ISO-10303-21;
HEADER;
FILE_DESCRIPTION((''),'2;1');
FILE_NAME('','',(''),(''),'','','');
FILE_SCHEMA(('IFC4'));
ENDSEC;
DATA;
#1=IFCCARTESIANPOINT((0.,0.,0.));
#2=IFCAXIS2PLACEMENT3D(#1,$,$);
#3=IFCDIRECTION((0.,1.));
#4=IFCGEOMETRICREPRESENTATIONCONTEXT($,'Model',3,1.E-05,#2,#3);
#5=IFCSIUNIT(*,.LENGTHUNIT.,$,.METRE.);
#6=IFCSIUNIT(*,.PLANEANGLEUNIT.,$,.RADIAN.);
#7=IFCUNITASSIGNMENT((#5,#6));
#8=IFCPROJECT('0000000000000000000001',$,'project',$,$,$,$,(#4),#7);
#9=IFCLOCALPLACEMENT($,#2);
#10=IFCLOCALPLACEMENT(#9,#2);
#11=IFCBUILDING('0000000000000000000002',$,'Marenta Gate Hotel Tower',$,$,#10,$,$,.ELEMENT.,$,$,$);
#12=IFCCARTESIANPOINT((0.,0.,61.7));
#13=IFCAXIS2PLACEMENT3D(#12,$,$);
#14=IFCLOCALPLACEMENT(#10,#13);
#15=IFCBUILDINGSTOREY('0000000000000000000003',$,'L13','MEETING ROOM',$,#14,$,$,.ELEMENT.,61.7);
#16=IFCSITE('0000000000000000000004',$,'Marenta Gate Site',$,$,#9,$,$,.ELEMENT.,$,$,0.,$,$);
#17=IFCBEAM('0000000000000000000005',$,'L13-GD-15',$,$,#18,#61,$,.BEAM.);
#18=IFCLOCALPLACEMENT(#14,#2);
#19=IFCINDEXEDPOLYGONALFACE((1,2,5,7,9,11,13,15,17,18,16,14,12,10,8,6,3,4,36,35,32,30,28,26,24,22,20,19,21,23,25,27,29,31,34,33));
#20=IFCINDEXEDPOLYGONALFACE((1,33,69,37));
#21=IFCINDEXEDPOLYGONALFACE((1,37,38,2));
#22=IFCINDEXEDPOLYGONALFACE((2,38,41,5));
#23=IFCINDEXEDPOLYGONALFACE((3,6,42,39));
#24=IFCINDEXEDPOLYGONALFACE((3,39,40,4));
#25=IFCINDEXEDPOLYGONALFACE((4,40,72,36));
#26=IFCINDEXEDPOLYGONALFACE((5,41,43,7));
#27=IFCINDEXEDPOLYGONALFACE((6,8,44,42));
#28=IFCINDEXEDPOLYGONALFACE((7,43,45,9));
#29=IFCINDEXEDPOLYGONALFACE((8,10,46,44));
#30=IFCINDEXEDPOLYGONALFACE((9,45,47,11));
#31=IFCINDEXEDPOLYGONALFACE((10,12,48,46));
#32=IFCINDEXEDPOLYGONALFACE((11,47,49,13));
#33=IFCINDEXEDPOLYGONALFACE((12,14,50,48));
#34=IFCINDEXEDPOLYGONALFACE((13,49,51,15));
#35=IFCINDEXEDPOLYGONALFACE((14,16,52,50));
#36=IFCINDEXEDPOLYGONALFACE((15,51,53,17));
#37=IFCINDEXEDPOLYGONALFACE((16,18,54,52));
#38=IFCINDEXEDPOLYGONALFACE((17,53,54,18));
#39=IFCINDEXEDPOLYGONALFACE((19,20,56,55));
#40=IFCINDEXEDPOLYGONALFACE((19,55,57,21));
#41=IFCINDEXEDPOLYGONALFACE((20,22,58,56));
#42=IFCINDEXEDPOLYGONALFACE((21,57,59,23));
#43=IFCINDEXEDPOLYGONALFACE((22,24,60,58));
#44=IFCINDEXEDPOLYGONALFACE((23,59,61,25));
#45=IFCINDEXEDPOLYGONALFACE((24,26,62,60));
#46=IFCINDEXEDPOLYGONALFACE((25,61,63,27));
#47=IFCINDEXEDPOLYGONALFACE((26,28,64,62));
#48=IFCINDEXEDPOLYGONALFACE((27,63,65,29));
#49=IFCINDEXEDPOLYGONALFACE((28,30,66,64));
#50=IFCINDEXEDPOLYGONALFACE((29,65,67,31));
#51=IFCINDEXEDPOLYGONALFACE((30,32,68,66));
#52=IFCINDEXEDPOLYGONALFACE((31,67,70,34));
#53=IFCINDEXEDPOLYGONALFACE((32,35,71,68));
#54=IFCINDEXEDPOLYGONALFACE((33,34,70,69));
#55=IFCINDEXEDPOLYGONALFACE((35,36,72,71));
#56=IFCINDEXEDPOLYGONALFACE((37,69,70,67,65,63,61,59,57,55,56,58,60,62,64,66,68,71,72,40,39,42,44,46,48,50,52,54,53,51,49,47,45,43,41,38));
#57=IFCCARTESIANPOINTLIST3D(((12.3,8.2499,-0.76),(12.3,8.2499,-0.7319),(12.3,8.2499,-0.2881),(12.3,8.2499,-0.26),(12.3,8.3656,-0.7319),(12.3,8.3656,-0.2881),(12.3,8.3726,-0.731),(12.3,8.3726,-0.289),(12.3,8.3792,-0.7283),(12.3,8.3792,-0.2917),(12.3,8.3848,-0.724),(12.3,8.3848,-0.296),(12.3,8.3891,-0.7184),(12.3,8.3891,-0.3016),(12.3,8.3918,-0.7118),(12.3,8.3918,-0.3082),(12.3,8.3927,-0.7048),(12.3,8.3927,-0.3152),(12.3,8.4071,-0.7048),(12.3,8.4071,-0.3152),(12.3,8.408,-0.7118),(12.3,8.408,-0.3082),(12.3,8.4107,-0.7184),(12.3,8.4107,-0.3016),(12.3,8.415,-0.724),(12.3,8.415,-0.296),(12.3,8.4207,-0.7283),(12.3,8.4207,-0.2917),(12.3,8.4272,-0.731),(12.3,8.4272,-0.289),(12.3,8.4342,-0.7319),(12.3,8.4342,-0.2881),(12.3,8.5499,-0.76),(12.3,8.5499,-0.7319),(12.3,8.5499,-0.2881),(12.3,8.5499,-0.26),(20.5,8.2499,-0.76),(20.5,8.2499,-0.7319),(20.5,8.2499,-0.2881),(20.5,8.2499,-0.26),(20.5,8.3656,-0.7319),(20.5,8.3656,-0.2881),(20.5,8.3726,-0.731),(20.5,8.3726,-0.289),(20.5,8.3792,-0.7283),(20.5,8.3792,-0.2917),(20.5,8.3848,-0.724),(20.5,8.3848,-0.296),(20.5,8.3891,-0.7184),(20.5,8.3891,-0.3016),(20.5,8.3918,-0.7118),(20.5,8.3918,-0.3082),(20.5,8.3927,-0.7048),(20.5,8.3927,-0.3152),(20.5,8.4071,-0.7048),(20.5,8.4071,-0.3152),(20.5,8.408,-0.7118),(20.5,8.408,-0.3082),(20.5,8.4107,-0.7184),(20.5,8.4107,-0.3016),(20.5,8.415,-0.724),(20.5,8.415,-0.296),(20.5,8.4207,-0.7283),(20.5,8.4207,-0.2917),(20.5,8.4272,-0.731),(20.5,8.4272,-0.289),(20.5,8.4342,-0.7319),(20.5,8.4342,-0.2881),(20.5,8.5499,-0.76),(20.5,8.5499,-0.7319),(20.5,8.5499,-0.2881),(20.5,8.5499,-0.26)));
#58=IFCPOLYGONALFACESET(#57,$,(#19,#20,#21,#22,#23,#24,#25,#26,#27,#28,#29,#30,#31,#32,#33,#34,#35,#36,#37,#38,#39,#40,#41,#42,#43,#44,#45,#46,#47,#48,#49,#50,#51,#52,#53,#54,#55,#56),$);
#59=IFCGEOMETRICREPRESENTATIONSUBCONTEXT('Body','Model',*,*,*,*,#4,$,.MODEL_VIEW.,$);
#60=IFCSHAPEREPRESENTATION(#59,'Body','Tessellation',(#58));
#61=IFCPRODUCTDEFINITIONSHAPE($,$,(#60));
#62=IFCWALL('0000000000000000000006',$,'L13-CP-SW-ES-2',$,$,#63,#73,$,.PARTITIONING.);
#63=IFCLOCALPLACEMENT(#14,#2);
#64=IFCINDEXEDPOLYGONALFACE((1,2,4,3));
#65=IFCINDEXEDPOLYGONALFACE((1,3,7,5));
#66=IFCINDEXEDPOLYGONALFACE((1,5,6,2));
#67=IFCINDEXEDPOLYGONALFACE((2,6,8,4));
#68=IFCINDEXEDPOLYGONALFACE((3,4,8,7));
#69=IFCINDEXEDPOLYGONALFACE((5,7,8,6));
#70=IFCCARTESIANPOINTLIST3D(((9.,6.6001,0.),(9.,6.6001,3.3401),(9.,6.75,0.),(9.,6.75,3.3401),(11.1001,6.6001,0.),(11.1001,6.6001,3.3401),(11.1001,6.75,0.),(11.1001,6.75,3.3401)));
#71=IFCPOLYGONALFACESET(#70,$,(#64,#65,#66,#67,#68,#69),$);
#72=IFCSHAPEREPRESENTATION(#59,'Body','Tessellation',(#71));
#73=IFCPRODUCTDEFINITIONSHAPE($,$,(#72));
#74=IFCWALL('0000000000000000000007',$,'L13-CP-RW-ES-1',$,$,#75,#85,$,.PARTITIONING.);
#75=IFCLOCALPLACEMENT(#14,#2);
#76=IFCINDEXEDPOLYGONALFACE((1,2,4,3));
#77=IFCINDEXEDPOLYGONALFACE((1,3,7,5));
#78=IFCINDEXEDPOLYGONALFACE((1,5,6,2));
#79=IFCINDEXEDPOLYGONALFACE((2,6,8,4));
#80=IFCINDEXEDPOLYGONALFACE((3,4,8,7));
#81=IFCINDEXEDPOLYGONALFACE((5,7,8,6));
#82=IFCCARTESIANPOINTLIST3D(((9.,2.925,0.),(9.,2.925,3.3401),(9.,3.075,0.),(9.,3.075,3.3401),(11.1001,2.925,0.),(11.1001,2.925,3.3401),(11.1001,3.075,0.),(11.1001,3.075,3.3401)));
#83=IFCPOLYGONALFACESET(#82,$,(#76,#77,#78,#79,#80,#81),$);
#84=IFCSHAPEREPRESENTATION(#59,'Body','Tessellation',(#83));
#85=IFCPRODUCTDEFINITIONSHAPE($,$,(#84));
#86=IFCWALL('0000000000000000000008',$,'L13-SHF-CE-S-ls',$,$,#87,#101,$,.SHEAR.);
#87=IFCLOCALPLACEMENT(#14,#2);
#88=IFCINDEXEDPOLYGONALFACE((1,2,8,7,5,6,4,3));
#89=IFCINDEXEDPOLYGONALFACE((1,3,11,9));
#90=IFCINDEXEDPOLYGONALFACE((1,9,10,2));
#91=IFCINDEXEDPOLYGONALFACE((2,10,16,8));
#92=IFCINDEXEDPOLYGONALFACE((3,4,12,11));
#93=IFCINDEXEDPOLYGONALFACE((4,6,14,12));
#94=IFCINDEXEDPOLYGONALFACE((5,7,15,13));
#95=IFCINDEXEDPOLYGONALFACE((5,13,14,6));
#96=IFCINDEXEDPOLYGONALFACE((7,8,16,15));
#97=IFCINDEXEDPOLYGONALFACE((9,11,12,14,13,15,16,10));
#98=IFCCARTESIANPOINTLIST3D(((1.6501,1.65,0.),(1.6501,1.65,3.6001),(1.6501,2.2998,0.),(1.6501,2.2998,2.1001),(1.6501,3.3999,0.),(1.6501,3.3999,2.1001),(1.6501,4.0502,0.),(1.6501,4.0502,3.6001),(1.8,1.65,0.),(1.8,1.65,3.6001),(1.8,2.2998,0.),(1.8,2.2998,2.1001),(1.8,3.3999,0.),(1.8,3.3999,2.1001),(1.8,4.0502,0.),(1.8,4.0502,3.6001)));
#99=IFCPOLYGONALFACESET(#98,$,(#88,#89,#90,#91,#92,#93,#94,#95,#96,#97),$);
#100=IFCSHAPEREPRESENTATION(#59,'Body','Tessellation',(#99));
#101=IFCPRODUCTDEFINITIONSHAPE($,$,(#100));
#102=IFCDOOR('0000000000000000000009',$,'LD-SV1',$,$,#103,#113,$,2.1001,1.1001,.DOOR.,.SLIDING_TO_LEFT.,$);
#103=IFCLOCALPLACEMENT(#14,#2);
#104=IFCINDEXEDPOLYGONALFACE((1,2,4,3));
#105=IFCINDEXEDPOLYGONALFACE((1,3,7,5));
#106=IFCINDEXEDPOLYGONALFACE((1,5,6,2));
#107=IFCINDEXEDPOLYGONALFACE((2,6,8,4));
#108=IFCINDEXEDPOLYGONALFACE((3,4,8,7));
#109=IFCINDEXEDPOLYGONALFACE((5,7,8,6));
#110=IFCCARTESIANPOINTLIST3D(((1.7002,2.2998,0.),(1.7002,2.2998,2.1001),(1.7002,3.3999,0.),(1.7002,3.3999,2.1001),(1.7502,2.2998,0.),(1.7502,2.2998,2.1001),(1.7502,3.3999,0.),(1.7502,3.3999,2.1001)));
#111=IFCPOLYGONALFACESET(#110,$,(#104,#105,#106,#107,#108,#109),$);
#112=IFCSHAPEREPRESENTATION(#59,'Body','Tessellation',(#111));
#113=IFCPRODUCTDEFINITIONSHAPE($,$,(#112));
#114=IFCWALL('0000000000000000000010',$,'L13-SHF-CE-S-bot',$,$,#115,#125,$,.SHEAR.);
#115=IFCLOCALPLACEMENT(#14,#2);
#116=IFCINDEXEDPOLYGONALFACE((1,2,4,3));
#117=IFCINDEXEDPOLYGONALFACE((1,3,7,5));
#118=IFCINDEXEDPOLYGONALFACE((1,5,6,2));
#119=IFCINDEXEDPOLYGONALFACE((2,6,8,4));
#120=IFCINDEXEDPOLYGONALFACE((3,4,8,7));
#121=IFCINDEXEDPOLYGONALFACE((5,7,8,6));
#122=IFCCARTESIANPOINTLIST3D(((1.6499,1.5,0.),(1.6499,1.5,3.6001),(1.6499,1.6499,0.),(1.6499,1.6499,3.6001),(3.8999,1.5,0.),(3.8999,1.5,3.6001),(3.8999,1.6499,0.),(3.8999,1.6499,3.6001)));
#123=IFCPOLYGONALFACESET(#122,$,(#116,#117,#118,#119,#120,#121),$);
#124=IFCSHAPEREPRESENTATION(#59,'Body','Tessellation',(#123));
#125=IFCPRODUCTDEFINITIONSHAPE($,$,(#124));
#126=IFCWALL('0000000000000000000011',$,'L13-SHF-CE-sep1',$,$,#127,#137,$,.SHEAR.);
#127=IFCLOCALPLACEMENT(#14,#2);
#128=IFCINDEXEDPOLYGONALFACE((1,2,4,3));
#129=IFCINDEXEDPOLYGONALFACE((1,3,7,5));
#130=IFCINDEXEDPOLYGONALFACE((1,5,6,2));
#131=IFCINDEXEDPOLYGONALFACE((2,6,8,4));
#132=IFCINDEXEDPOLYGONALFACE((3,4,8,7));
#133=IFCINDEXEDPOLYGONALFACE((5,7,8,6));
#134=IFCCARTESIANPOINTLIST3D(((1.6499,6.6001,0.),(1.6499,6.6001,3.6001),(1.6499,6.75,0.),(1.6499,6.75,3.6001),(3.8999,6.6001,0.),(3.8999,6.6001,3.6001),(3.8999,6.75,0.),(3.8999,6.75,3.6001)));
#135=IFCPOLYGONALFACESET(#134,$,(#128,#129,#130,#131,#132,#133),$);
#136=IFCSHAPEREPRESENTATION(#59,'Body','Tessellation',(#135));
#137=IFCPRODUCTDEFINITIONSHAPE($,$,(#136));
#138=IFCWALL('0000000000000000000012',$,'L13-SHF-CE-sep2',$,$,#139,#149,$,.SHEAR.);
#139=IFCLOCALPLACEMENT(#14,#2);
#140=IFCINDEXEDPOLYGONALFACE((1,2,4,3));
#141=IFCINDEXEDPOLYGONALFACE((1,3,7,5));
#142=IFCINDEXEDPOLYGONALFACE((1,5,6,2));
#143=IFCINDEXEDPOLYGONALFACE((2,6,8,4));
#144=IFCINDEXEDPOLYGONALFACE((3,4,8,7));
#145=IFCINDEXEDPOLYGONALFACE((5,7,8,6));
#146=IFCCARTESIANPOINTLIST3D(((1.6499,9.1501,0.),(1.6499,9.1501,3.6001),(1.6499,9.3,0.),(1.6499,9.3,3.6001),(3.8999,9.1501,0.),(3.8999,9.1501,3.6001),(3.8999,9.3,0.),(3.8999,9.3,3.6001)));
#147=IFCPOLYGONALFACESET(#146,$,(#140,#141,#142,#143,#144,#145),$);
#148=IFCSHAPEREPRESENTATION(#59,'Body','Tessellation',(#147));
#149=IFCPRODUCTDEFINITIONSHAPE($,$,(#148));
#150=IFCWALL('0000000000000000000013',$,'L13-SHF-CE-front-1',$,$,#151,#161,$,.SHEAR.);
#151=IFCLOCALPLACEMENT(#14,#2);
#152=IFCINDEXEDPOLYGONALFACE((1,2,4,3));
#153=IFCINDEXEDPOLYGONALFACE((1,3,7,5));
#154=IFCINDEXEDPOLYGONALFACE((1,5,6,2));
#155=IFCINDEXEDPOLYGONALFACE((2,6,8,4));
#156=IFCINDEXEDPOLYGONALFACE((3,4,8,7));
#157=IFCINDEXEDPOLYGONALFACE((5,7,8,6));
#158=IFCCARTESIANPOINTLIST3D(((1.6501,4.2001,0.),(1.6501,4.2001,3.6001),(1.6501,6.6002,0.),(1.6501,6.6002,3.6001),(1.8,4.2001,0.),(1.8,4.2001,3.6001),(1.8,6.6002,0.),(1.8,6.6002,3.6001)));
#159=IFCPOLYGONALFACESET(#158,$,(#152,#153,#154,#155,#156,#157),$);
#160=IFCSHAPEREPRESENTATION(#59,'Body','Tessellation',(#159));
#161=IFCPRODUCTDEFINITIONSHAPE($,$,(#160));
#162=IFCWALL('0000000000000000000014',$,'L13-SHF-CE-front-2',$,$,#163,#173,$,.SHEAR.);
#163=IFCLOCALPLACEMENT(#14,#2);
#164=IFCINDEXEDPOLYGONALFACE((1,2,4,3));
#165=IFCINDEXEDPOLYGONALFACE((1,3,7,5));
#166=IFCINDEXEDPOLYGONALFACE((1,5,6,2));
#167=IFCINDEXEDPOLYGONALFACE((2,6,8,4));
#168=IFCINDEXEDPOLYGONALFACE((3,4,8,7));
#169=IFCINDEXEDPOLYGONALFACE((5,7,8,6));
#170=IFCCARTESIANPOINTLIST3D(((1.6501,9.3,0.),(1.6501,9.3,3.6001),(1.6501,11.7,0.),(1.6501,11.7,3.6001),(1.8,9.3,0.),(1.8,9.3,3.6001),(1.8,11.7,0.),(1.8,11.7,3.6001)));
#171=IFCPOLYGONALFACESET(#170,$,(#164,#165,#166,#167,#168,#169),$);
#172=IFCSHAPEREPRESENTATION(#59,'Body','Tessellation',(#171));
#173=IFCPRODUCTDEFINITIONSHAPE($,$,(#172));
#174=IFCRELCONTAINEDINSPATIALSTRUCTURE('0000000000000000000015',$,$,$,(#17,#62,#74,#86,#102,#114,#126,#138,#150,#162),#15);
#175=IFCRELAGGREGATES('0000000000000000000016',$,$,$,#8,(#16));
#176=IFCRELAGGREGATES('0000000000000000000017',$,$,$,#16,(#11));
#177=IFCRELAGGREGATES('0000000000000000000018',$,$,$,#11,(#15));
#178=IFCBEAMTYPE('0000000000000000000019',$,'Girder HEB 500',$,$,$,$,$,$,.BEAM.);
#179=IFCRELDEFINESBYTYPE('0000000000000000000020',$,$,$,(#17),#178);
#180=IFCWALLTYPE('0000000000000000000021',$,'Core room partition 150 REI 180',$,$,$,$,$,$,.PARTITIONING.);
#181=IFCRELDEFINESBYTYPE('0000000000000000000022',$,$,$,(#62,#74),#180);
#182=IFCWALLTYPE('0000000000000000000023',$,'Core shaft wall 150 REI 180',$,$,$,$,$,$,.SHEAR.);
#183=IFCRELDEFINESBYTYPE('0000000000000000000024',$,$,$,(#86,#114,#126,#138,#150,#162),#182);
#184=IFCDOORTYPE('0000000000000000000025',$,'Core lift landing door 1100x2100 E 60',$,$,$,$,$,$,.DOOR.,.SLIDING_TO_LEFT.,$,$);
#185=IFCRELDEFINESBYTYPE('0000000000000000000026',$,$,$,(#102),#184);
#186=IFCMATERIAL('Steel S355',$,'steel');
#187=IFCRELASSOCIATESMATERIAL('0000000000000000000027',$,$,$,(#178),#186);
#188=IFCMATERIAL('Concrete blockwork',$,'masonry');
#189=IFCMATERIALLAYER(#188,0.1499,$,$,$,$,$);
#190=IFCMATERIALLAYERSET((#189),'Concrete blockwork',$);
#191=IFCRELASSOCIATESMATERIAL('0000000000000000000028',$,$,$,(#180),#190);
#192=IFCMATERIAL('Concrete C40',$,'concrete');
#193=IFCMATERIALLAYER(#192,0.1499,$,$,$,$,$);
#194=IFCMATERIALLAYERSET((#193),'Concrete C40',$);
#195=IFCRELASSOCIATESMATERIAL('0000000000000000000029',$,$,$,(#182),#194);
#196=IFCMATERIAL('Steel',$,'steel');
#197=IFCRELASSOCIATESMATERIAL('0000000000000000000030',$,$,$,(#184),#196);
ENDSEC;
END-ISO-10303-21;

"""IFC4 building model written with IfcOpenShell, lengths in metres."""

from ifc_helpers import new_model, si_unit, direction, frame, frame_2d, origin, origin_2d, place, context, subcontext, project, spatial, rectangle, i_section, extrude, material, layer, layer_set, material_profile, profile_set, type_object, element, fill, save


model = new_model("IFC4")

# Units and contexts
model_context = context("Model", 3, precision=1e-05, world=origin(), true_north=direction((0.0, 1.0)))
body_context = subcontext(model_context, "Body", "Model", "MODEL_VIEW")
ifc_project = project(units=[si_unit("LENGTHUNIT", "METRE"), si_unit("PLANEANGLEUNIT", "RADIAN")], contexts=[model_context])

# Site, building, storey
site_placement = place(None, origin())
site = spatial("IfcSite", under=ifc_project, at=site_placement, Name="Marenta Gate Site", CompositionType="ELEMENT", RefElevation=0.0)
building_placement = place(site_placement, origin())
building = spatial("IfcBuilding", under=site, at=building_placement, Name="Marenta Gate Hotel Tower", CompositionType="ELEMENT")
storey_placement = place(building_placement, frame((0.0, 0.0, 61.7)))
storey = spatial("IfcBuildingStorey", under=building, at=storey_placement, Name="L13", Description="MEETING ROOM", CompositionType="ELEMENT", Elevation=61.7)

# Beam
ifc_material_1 = material(Name="Steel S355", Category="steel")
ifc_material_profile = material_profile(ifc_material_1, i_section(OverallWidth=0.3, OverallDepth=0.5, WebThickness=0.0144, FlangeThickness=0.0281, FilletRadius=0.0271, at=origin_2d()), Name="HEB 500")
ifc_profile_set = profile_set([ifc_material_profile], Name="Steel S355")
beam_type = type_object("IfcBeamType", Name="Girder HEB 500", PredefinedType="BEAM", material=ifc_profile_set)
beam_placement = place(storey_placement, frame((12.3, 8.3999, -0.51), z_axis=(1.0, 0.0, 0.0), x_axis=(0.0, 1.0, 0.0)))
element("IfcBeam", 1, at=beam_placement, inside=storey, type_object=beam_type, Name="L13-GD-15", PredefinedType="BEAM", context=body_context, shape_type="SweptSolid", body=[
    extrude(i_section(OverallWidth=0.3, OverallDepth=0.5, WebThickness=0.0144, FlangeThickness=0.0281, FilletRadius=0.0271, at=origin_2d()), origin(), (0.0, 0.0, 1.0), 8.2),
])

# Walls
ifc_material_2 = material(Name="Concrete blockwork", Category="masonry")
ifc_layer_1 = layer(ifc_material_2, 0.1499)
ifc_layer_set_1 = layer_set([ifc_layer_1], Name="Concrete blockwork")
wall_type_1 = type_object("IfcWallType", Name="Core room partition 150 REI 180", PredefinedType="PARTITIONING", material=ifc_layer_set_1)
for number, where, z_axis, x_axis, name in (
    (2, (9.0, 6.675, 0.0), (0.0, 0.0, 1.0), (1.0, 0.0, 0.0), "L13-CP-SW-ES-2"),
    (3, (9.0, 3.0, 0.0), (0.0, 0.0, 1.0), (1.0, 0.0, 0.0), "L13-CP-RW-ES-1"),
):
    element("IfcWall", number, at=place(storey_placement, frame(where, z_axis=z_axis, x_axis=x_axis)), inside=storey, type_object=wall_type_1, Name=name, PredefinedType="PARTITIONING", context=body_context, shape_type="SweptSolid", body=[
        extrude(rectangle(XDim=2.1001, YDim=0.1499, at=frame_2d((1.05, 0.0))), origin(), (0.0, 0.0, 1.0), 3.3401),
    ])

# Wall, opening, door
ifc_material_3 = material(Name="Concrete C40", Category="concrete")
ifc_layer_2 = layer(ifc_material_3, 0.1499)
ifc_layer_set_2 = layer_set([ifc_layer_2], Name="Concrete C40")
wall_type_2 = type_object("IfcWallType", Name="Core shaft wall 150 REI 180", PredefinedType="SHEAR", material=ifc_layer_set_2)
wall_1_placement = place(storey_placement, frame((1.7251, 1.6499, 0.0), z_axis=(0.0, 0.0, 1.0), x_axis=(0.0, 1.0, 0.0)))
wall_1 = element("IfcWall", 4, at=wall_1_placement, inside=storey, type_object=wall_type_2, Name="L13-SHF-CE-S-ls", PredefinedType="SHEAR", context=body_context, shape_type="SweptSolid", body=[
    extrude(rectangle(XDim=2.4001, YDim=0.1499, at=frame_2d((1.2002, 0.0))), origin(), (0.0, 0.0, 1.0), 3.6001),
])
opening_1_placement = place(wall_1_placement, frame((0.6499, 0.0, 0.0)))
opening_1 = element("IfcOpeningElement", 5, at=opening_1_placement, cuts=wall_1, PredefinedType="OPENING", context=body_context, shape_type="SweptSolid", body=[
    extrude(rectangle(XDim=1.1001, YDim=2.1001, at=frame_2d((0.55, 1.05))), frame((0.0, 0.075, 0.0), z_axis=(0.0, -1.0, 0.0), x_axis=(1.0, 0.0, 0.0)), (0.0, 0.0, 1.0), 0.1499),
])
ifc_material_4 = material(Name="Steel", Category="steel")
door_type_1 = type_object("IfcDoorType", Name="Core lift landing door 1100x2100 E 60", OperationType="SLIDING_TO_LEFT", PredefinedType="DOOR", material=ifc_material_4)
door_1_placement = place(opening_1_placement, origin())
door_1 = element("IfcDoor", 6, at=door_1_placement, inside=storey, type_object=door_type_1, Name="LD-SV1", OperationType="SLIDING_TO_LEFT", OverallHeight=2.1001, OverallWidth=1.1001, PredefinedType="DOOR", context=body_context, shape_type="SweptSolid", body=[
    extrude(rectangle(XDim=1.1001, YDim=2.1001, at=frame_2d((0.55, 1.05))), frame((0.0, 0.0249, 0.0), z_axis=(0.0, -1.0, 0.0), x_axis=(1.0, 0.0, 0.0)), (0.0, 0.0, 1.0), 0.05),
])
fill(opening_1, door_1)

# Walls
for number, where, z_axis, x_axis, name in (
    (7, (1.6499, 1.575, 0.0), (0.0, 0.0, 1.0), (1.0, 0.0, 0.0), "L13-SHF-CE-S-bot"),
    (8, (1.6499, 6.675, 0.0), (0.0, 0.0, 1.0), (1.0, 0.0, 0.0), "L13-SHF-CE-sep1"),
    (9, (1.6499, 9.2251, 0.0), (0.0, 0.0, 1.0), (1.0, 0.0, 0.0), "L13-SHF-CE-sep2"),
):
    element("IfcWall", number, at=place(storey_placement, frame(where, z_axis=z_axis, x_axis=x_axis)), inside=storey, type_object=wall_type_2, Name=name, PredefinedType="SHEAR", context=body_context, shape_type="SweptSolid", body=[
        extrude(rectangle(XDim=2.25, YDim=0.1499, at=frame_2d((1.125, 0.0))), origin(), (0.0, 0.0, 1.0), 3.6001),
    ])
wall_2_placement = place(storey_placement, frame((1.7251, 4.2, 0.0), z_axis=(0.0, 0.0, 1.0), x_axis=(0.0, 1.0, 0.0)))
element("IfcWall", 10, at=wall_2_placement, inside=storey, type_object=wall_type_2, Name="L13-SHF-CE-front-1", PredefinedType="SHEAR", context=body_context, shape_type="SweptSolid", body=[
    extrude(rectangle(XDim=2.4001, YDim=0.1499, at=frame_2d((1.2002, 0.0))), origin(), (0.0, 0.0, 1.0), 3.6001),
])
wall_3_placement = place(storey_placement, frame((1.7251, 9.3, 0.0), z_axis=(0.0, 0.0, 1.0), x_axis=(0.0, 1.0, 0.0)))
element("IfcWall", 11, at=wall_3_placement, inside=storey, type_object=wall_type_2, Name="L13-SHF-CE-front-2", PredefinedType="SHEAR", context=body_context, shape_type="SweptSolid", body=[
    extrude(rectangle(XDim=2.3999, YDim=0.1499, at=frame_2d((1.2, 0.0))), origin(), (0.0, 0.0, 1.0), 3.6001),
])

save(model, "model.ifc")
